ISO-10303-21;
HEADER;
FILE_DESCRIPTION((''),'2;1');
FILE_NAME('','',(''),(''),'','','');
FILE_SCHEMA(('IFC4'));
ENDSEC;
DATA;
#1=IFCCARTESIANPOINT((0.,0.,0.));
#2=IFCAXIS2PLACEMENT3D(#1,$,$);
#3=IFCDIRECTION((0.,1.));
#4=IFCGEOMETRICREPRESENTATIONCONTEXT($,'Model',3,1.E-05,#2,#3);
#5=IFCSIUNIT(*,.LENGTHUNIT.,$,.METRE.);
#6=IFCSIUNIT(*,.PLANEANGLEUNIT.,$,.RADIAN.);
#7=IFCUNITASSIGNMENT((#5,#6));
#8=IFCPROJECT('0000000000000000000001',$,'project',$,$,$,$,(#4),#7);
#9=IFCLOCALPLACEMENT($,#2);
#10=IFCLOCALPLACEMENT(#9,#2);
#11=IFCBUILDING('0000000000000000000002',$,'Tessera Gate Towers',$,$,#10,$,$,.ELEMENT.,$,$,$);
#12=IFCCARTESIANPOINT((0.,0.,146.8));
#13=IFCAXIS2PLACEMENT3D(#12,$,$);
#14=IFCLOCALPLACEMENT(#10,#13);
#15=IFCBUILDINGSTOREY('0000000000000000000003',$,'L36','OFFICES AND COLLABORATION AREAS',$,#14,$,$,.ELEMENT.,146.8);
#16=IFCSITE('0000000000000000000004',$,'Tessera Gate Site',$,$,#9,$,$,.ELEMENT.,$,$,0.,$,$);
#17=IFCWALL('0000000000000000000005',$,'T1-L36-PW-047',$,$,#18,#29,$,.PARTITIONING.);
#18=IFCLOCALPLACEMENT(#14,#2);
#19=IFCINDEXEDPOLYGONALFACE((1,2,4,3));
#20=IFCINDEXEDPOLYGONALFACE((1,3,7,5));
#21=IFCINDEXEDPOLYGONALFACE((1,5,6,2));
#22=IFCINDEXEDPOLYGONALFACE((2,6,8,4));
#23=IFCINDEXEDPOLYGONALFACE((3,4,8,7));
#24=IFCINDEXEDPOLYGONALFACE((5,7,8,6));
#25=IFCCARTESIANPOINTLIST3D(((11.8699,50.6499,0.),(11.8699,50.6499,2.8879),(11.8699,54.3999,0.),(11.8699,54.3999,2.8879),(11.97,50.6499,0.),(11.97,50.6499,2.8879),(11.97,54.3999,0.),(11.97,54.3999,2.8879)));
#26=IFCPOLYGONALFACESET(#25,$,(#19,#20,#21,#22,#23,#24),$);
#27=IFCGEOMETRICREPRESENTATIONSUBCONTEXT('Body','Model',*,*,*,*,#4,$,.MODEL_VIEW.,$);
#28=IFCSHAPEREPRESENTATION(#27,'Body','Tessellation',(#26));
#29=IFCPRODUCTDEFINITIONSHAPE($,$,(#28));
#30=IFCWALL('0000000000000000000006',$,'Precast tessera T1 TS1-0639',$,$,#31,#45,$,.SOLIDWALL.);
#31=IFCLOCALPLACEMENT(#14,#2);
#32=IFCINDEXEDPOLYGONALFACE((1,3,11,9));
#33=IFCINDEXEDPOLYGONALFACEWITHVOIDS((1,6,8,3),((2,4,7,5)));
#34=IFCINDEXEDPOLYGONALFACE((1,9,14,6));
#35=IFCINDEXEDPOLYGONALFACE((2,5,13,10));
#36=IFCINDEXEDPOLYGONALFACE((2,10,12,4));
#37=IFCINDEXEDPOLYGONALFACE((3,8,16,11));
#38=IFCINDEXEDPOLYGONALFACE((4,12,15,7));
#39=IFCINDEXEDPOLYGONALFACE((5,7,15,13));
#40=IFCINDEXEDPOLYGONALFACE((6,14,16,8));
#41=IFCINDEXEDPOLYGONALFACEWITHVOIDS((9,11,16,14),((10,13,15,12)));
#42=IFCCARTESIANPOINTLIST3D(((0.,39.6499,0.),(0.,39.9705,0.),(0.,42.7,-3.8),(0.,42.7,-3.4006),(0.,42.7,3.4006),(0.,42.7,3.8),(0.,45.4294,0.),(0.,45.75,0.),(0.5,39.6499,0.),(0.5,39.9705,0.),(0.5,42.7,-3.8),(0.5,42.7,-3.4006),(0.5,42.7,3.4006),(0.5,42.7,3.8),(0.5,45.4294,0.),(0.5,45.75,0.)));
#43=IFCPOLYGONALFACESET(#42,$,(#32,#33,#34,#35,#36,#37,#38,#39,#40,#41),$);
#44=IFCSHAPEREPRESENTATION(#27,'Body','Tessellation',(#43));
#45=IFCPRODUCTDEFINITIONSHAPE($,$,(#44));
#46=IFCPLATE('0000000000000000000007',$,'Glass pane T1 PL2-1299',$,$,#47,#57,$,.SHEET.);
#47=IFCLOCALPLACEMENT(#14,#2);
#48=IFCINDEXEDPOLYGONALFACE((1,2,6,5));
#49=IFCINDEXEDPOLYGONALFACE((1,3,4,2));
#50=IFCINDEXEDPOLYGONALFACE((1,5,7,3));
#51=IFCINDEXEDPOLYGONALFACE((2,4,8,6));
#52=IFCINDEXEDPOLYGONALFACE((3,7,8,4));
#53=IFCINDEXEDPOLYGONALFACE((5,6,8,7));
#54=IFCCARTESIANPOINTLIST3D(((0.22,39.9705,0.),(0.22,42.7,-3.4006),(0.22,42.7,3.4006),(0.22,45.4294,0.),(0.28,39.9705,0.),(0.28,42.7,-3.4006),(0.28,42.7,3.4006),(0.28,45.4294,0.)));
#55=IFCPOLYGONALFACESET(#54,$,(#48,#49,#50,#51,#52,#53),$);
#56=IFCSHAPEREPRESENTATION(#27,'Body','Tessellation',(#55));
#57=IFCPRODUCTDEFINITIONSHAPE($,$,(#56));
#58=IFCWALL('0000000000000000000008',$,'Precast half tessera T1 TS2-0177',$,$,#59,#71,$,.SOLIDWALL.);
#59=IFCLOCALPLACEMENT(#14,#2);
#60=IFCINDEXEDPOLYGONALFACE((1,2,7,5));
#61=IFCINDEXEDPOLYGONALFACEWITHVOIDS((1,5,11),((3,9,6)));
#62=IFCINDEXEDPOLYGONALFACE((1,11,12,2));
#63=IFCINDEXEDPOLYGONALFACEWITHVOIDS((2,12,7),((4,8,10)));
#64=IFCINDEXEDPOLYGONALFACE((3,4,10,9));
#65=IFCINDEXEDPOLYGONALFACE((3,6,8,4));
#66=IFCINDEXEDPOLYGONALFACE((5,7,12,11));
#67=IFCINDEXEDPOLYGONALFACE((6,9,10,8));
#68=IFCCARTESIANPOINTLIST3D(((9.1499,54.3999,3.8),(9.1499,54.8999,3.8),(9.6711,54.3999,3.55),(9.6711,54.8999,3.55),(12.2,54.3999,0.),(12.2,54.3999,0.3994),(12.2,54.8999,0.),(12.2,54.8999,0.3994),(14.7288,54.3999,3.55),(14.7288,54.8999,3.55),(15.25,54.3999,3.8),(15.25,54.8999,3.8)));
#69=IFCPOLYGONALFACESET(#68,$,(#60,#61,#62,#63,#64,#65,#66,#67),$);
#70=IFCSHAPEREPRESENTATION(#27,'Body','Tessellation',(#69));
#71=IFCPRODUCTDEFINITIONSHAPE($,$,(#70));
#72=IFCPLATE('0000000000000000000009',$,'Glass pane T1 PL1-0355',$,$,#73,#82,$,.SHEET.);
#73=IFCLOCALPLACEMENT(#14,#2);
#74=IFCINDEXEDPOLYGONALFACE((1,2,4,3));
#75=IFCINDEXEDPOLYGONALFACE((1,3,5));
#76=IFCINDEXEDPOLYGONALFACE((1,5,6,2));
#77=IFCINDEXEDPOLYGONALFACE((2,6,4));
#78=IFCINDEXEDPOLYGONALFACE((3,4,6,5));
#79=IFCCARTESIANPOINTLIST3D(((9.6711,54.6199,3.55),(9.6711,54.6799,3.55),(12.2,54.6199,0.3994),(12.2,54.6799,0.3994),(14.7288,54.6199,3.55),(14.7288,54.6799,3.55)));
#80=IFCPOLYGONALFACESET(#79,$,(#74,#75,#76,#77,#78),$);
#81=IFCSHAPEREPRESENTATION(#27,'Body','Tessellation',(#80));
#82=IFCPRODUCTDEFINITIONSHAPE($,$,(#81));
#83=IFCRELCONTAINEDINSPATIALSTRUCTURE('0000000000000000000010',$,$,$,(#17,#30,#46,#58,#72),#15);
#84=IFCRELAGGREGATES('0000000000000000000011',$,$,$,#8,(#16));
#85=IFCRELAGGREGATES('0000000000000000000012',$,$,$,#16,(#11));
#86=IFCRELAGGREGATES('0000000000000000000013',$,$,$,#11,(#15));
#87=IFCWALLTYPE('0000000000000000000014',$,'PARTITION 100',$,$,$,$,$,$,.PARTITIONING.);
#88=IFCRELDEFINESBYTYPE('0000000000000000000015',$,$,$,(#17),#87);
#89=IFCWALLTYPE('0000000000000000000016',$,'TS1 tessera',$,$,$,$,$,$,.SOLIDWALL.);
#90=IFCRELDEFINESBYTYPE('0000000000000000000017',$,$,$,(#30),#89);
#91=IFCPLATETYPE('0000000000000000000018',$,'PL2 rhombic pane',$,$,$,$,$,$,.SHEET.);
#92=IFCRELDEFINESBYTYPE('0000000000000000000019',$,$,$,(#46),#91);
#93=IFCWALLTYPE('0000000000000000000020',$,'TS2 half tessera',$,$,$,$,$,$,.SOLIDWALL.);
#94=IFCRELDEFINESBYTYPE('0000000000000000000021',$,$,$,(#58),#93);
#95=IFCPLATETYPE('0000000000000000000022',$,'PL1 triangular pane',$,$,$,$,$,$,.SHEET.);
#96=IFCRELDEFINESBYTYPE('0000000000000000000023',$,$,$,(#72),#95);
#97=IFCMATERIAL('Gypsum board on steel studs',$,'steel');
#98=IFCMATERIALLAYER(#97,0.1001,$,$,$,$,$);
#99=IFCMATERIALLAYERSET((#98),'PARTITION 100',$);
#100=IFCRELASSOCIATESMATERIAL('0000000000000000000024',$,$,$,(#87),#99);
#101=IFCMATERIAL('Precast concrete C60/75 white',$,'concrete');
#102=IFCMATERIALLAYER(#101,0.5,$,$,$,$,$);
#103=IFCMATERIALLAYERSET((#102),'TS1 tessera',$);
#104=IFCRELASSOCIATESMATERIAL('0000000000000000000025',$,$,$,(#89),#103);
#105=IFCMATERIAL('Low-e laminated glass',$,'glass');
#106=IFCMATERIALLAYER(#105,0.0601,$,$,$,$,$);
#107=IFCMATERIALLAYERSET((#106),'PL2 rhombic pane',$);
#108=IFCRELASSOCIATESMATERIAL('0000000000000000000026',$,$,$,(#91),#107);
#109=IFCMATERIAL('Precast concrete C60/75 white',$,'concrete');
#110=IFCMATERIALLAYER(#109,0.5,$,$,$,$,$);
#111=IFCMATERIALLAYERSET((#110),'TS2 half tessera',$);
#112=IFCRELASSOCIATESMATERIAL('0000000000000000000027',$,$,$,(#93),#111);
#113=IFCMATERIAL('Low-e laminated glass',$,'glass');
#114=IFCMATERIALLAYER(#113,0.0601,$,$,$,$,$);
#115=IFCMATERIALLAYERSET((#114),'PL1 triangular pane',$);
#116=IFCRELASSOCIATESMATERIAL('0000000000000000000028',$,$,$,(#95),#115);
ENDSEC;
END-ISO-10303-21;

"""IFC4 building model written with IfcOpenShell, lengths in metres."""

from ifc_helpers import new_model, si_unit, direction, frame, frame_2d, origin, place, context, subcontext, project, spatial, polyline, rectangle, outline, extrude, source, transform, mapped, material, layer, layer_set, type_object, element, fill, save


model = new_model("IFC4")

# Units and contexts
model_context = context("Model", 3, precision=1e-05, world=origin(), true_north=direction((0.0, 1.0)))
body_context = subcontext(model_context, "Body", "Model", "MODEL_VIEW")
ifc_project = project(units=[si_unit("LENGTHUNIT", "METRE"), si_unit("PLANEANGLEUNIT", "RADIAN")], contexts=[model_context])

# Site, building, storey
site_placement = place(None, origin())
site = spatial("IfcSite", under=ifc_project, at=site_placement, Name="Tessera Gate Site", CompositionType="ELEMENT", RefElevation=0.0)
building_placement = place(site_placement, origin())
building = spatial("IfcBuilding", under=site, at=building_placement, Name="Tessera Gate Towers", CompositionType="ELEMENT")
storey_placement = place(building_placement, frame((0.0, 0.0, 146.8)))
storey = spatial("IfcBuildingStorey", under=building, at=storey_placement, Name="L36", Description="OFFICES AND COLLABORATION AREAS", CompositionType="ELEMENT", Elevation=146.8)

# Wall
ifc_material_1 = material(Name="Gypsum board on steel studs", Category="steel")
ifc_layer_1 = layer(ifc_material_1, 0.1001)
ifc_layer_set_1 = layer_set([ifc_layer_1], Name="PARTITION 100")
wall_type_1 = type_object("IfcWallType", Name="PARTITION 100", PredefinedType="PARTITIONING", material=ifc_layer_set_1)
wall_1_placement = place(storey_placement, frame((11.9199, 50.6499, 0.0), z_axis=(0.0, 0.0, 1.0), x_axis=(0.0, 1.0, 0.0)))
element("IfcWall", 1, at=wall_1_placement, inside=storey, type_object=wall_type_1, Name="T1-L36-PW-047", PredefinedType="PARTITIONING", context=body_context, shape_type="SweptSolid", body=[
    extrude(rectangle(XDim=3.75, YDim=0.1001, at=frame_2d((1.875, 0.0))), origin(), (0.0, 0.0, 1.0), 2.8879),
])

# Walls, openings, plates
ifc_material_2 = material(Name="Precast concrete C60/75 white", Category="concrete")
ifc_layer_2 = layer(ifc_material_2, 0.5)
ifc_layer_set_2 = layer_set([ifc_layer_2], Name="TS1 tessera")
wall_type_2 = type_object("IfcWallType", Name="TS1 tessera", PredefinedType="SOLIDWALL", material=ifc_layer_set_2)
shared_shape_1 = source(origin(), body_context, "Body", "SweptSolid", [
    extrude(outline(polyline([(3.05, 0.0), (6.1001, 3.8), (3.05, 7.6001), (0.0, 3.8), (3.05, 0.0)])), frame((0.0, 0.25, 0.0), z_axis=(0.0, -1.0, 0.0), x_axis=(1.0, 0.0, 0.0)), (0.0, 0.0, 1.0), 0.5),
])
wall_2_placement = place(storey_placement, frame((0.25, 45.75, -3.8), z_axis=(0.0, 0.0, 1.0), x_axis=(0.0, -1.0, 0.0)))
wall_2 = element("IfcWall", 2, at=wall_2_placement, inside=storey, type_object=wall_type_2, Name="Precast tessera T1 TS1-0639", PredefinedType="SOLIDWALL", context=body_context, shape_type="MappedRepresentation", body=[
    mapped(shared_shape_1, transform((0.0, 0.0, 0.0), scale=1.0)),
])
shared_shape_2 = source(origin(), body_context, "Body", "SweptSolid", [
    extrude(outline(polyline([(3.05, 0.3994), (5.7795, 3.8), (3.05, 7.2007), (0.3206, 3.8), (3.05, 0.3994)])), frame((0.0, 0.26, 0.0), z_axis=(0.0, -1.0, 0.0), x_axis=(1.0, 0.0, 0.0)), (0.0, 0.0, 1.0), 0.52),
])
opening_1_placement = place(wall_2_placement, origin())
opening_1 = element("IfcOpeningElement", 3, at=opening_1_placement, cuts=wall_2, PredefinedType="OPENING", context=body_context, shape_type="MappedRepresentation", body=[
    mapped(shared_shape_2, transform((0.0, 0.0, 0.0), scale=1.0)),
])
ifc_material_3 = material(Name="Low-e laminated glass", Category="glass")
ifc_layer_3 = layer(ifc_material_3, 0.0601)
ifc_layer_set_3 = layer_set([ifc_layer_3], Name="PL2 rhombic pane")
plate_type_1 = type_object("IfcPlateType", Name="PL2 rhombic pane", PredefinedType="SHEET", material=ifc_layer_set_3)
shared_shape_3 = source(origin(), body_context, "Body", "SweptSolid", [
    extrude(outline(polyline([(3.05, 0.3994), (5.7795, 3.8), (3.05, 7.2007), (0.3206, 3.8), (3.05, 0.3994)])), frame((0.0, 0.03, 0.0), z_axis=(0.0, -1.0, 0.0), x_axis=(1.0, 0.0, 0.0)), (0.0, 0.0, 1.0), 0.0601),
])
plate_1_placement = place(opening_1_placement, origin())
plate_1 = element("IfcPlate", 4, at=plate_1_placement, inside=storey, type_object=plate_type_1, Name="Glass pane T1 PL2-1299", PredefinedType="SHEET", context=body_context, shape_type="MappedRepresentation", body=[
    mapped(shared_shape_3, transform((0.0, 0.0, 0.0), scale=1.0)),
])
fill(opening_1, plate_1)
ifc_material_4 = material(Name="Precast concrete C60/75 white", Category="concrete")
ifc_layer_4 = layer(ifc_material_4, 0.5)
ifc_layer_set_4 = layer_set([ifc_layer_4], Name="TS2 half tessera")
wall_type_3 = type_object("IfcWallType", Name="TS2 half tessera", PredefinedType="SOLIDWALL", material=ifc_layer_set_4)
shared_shape_4 = source(origin(), body_context, "Body", "SweptSolid", [
    extrude(outline(polyline([(3.05, 0.0), (6.1001, 3.8), (0.0, 3.8), (3.05, 0.0)])), frame((0.0, 0.25, 0.0), z_axis=(0.0, -1.0, 0.0), x_axis=(1.0, 0.0, 0.0)), (0.0, 0.0, 1.0), 0.5),
])
wall_3_placement = place(storey_placement, frame((15.25, 54.6499, 0.0), z_axis=(0.0, 0.0, 1.0), x_axis=(-1.0, 0.0, 0.0)))
wall_3 = element("IfcWall", 5, at=wall_3_placement, inside=storey, type_object=wall_type_3, Name="Precast half tessera T1 TS2-0177", PredefinedType="SOLIDWALL", context=body_context, shape_type="MappedRepresentation", body=[
    mapped(shared_shape_4, transform((0.0, 0.0, 0.0), scale=1.0)),
])
shared_shape_5 = source(origin(), body_context, "Body", "SweptSolid", [
    extrude(outline(polyline([(3.05, 0.3994), (5.5789, 3.55), (0.5212, 3.55), (3.05, 0.3994)])), frame((0.0, 0.26, 0.0), z_axis=(0.0, -1.0, 0.0), x_axis=(1.0, 0.0, 0.0)), (0.0, 0.0, 1.0), 0.52),
])
opening_2_placement = place(wall_3_placement, origin())
opening_2 = element("IfcOpeningElement", 6, at=opening_2_placement, cuts=wall_3, PredefinedType="OPENING", context=body_context, shape_type="MappedRepresentation", body=[
    mapped(shared_shape_5, transform((0.0, 0.0, 0.0), scale=1.0)),
])
ifc_material_5 = material(Name="Low-e laminated glass", Category="glass")
ifc_layer_5 = layer(ifc_material_5, 0.0601)
ifc_layer_set_5 = layer_set([ifc_layer_5], Name="PL1 triangular pane")
plate_type_2 = type_object("IfcPlateType", Name="PL1 triangular pane", PredefinedType="SHEET", material=ifc_layer_set_5)
shared_shape_6 = source(origin(), body_context, "Body", "SweptSolid", [
    extrude(outline(polyline([(3.05, 0.3994), (5.5789, 3.55), (0.5212, 3.55), (3.05, 0.3994)])), frame((0.0, 0.03, 0.0), z_axis=(0.0, -1.0, 0.0), x_axis=(1.0, 0.0, 0.0)), (0.0, 0.0, 1.0), 0.0601),
])
plate_2_placement = place(opening_2_placement, origin())
plate_2 = element("IfcPlate", 7, at=plate_2_placement, inside=storey, type_object=plate_type_2, Name="Glass pane T1 PL1-0355", PredefinedType="SHEET", context=body_context, shape_type="MappedRepresentation", body=[
    mapped(shared_shape_6, transform((0.0, 0.0, 0.0), scale=1.0)),
])
fill(opening_2, plate_2)

save(model, "model.ifc")
